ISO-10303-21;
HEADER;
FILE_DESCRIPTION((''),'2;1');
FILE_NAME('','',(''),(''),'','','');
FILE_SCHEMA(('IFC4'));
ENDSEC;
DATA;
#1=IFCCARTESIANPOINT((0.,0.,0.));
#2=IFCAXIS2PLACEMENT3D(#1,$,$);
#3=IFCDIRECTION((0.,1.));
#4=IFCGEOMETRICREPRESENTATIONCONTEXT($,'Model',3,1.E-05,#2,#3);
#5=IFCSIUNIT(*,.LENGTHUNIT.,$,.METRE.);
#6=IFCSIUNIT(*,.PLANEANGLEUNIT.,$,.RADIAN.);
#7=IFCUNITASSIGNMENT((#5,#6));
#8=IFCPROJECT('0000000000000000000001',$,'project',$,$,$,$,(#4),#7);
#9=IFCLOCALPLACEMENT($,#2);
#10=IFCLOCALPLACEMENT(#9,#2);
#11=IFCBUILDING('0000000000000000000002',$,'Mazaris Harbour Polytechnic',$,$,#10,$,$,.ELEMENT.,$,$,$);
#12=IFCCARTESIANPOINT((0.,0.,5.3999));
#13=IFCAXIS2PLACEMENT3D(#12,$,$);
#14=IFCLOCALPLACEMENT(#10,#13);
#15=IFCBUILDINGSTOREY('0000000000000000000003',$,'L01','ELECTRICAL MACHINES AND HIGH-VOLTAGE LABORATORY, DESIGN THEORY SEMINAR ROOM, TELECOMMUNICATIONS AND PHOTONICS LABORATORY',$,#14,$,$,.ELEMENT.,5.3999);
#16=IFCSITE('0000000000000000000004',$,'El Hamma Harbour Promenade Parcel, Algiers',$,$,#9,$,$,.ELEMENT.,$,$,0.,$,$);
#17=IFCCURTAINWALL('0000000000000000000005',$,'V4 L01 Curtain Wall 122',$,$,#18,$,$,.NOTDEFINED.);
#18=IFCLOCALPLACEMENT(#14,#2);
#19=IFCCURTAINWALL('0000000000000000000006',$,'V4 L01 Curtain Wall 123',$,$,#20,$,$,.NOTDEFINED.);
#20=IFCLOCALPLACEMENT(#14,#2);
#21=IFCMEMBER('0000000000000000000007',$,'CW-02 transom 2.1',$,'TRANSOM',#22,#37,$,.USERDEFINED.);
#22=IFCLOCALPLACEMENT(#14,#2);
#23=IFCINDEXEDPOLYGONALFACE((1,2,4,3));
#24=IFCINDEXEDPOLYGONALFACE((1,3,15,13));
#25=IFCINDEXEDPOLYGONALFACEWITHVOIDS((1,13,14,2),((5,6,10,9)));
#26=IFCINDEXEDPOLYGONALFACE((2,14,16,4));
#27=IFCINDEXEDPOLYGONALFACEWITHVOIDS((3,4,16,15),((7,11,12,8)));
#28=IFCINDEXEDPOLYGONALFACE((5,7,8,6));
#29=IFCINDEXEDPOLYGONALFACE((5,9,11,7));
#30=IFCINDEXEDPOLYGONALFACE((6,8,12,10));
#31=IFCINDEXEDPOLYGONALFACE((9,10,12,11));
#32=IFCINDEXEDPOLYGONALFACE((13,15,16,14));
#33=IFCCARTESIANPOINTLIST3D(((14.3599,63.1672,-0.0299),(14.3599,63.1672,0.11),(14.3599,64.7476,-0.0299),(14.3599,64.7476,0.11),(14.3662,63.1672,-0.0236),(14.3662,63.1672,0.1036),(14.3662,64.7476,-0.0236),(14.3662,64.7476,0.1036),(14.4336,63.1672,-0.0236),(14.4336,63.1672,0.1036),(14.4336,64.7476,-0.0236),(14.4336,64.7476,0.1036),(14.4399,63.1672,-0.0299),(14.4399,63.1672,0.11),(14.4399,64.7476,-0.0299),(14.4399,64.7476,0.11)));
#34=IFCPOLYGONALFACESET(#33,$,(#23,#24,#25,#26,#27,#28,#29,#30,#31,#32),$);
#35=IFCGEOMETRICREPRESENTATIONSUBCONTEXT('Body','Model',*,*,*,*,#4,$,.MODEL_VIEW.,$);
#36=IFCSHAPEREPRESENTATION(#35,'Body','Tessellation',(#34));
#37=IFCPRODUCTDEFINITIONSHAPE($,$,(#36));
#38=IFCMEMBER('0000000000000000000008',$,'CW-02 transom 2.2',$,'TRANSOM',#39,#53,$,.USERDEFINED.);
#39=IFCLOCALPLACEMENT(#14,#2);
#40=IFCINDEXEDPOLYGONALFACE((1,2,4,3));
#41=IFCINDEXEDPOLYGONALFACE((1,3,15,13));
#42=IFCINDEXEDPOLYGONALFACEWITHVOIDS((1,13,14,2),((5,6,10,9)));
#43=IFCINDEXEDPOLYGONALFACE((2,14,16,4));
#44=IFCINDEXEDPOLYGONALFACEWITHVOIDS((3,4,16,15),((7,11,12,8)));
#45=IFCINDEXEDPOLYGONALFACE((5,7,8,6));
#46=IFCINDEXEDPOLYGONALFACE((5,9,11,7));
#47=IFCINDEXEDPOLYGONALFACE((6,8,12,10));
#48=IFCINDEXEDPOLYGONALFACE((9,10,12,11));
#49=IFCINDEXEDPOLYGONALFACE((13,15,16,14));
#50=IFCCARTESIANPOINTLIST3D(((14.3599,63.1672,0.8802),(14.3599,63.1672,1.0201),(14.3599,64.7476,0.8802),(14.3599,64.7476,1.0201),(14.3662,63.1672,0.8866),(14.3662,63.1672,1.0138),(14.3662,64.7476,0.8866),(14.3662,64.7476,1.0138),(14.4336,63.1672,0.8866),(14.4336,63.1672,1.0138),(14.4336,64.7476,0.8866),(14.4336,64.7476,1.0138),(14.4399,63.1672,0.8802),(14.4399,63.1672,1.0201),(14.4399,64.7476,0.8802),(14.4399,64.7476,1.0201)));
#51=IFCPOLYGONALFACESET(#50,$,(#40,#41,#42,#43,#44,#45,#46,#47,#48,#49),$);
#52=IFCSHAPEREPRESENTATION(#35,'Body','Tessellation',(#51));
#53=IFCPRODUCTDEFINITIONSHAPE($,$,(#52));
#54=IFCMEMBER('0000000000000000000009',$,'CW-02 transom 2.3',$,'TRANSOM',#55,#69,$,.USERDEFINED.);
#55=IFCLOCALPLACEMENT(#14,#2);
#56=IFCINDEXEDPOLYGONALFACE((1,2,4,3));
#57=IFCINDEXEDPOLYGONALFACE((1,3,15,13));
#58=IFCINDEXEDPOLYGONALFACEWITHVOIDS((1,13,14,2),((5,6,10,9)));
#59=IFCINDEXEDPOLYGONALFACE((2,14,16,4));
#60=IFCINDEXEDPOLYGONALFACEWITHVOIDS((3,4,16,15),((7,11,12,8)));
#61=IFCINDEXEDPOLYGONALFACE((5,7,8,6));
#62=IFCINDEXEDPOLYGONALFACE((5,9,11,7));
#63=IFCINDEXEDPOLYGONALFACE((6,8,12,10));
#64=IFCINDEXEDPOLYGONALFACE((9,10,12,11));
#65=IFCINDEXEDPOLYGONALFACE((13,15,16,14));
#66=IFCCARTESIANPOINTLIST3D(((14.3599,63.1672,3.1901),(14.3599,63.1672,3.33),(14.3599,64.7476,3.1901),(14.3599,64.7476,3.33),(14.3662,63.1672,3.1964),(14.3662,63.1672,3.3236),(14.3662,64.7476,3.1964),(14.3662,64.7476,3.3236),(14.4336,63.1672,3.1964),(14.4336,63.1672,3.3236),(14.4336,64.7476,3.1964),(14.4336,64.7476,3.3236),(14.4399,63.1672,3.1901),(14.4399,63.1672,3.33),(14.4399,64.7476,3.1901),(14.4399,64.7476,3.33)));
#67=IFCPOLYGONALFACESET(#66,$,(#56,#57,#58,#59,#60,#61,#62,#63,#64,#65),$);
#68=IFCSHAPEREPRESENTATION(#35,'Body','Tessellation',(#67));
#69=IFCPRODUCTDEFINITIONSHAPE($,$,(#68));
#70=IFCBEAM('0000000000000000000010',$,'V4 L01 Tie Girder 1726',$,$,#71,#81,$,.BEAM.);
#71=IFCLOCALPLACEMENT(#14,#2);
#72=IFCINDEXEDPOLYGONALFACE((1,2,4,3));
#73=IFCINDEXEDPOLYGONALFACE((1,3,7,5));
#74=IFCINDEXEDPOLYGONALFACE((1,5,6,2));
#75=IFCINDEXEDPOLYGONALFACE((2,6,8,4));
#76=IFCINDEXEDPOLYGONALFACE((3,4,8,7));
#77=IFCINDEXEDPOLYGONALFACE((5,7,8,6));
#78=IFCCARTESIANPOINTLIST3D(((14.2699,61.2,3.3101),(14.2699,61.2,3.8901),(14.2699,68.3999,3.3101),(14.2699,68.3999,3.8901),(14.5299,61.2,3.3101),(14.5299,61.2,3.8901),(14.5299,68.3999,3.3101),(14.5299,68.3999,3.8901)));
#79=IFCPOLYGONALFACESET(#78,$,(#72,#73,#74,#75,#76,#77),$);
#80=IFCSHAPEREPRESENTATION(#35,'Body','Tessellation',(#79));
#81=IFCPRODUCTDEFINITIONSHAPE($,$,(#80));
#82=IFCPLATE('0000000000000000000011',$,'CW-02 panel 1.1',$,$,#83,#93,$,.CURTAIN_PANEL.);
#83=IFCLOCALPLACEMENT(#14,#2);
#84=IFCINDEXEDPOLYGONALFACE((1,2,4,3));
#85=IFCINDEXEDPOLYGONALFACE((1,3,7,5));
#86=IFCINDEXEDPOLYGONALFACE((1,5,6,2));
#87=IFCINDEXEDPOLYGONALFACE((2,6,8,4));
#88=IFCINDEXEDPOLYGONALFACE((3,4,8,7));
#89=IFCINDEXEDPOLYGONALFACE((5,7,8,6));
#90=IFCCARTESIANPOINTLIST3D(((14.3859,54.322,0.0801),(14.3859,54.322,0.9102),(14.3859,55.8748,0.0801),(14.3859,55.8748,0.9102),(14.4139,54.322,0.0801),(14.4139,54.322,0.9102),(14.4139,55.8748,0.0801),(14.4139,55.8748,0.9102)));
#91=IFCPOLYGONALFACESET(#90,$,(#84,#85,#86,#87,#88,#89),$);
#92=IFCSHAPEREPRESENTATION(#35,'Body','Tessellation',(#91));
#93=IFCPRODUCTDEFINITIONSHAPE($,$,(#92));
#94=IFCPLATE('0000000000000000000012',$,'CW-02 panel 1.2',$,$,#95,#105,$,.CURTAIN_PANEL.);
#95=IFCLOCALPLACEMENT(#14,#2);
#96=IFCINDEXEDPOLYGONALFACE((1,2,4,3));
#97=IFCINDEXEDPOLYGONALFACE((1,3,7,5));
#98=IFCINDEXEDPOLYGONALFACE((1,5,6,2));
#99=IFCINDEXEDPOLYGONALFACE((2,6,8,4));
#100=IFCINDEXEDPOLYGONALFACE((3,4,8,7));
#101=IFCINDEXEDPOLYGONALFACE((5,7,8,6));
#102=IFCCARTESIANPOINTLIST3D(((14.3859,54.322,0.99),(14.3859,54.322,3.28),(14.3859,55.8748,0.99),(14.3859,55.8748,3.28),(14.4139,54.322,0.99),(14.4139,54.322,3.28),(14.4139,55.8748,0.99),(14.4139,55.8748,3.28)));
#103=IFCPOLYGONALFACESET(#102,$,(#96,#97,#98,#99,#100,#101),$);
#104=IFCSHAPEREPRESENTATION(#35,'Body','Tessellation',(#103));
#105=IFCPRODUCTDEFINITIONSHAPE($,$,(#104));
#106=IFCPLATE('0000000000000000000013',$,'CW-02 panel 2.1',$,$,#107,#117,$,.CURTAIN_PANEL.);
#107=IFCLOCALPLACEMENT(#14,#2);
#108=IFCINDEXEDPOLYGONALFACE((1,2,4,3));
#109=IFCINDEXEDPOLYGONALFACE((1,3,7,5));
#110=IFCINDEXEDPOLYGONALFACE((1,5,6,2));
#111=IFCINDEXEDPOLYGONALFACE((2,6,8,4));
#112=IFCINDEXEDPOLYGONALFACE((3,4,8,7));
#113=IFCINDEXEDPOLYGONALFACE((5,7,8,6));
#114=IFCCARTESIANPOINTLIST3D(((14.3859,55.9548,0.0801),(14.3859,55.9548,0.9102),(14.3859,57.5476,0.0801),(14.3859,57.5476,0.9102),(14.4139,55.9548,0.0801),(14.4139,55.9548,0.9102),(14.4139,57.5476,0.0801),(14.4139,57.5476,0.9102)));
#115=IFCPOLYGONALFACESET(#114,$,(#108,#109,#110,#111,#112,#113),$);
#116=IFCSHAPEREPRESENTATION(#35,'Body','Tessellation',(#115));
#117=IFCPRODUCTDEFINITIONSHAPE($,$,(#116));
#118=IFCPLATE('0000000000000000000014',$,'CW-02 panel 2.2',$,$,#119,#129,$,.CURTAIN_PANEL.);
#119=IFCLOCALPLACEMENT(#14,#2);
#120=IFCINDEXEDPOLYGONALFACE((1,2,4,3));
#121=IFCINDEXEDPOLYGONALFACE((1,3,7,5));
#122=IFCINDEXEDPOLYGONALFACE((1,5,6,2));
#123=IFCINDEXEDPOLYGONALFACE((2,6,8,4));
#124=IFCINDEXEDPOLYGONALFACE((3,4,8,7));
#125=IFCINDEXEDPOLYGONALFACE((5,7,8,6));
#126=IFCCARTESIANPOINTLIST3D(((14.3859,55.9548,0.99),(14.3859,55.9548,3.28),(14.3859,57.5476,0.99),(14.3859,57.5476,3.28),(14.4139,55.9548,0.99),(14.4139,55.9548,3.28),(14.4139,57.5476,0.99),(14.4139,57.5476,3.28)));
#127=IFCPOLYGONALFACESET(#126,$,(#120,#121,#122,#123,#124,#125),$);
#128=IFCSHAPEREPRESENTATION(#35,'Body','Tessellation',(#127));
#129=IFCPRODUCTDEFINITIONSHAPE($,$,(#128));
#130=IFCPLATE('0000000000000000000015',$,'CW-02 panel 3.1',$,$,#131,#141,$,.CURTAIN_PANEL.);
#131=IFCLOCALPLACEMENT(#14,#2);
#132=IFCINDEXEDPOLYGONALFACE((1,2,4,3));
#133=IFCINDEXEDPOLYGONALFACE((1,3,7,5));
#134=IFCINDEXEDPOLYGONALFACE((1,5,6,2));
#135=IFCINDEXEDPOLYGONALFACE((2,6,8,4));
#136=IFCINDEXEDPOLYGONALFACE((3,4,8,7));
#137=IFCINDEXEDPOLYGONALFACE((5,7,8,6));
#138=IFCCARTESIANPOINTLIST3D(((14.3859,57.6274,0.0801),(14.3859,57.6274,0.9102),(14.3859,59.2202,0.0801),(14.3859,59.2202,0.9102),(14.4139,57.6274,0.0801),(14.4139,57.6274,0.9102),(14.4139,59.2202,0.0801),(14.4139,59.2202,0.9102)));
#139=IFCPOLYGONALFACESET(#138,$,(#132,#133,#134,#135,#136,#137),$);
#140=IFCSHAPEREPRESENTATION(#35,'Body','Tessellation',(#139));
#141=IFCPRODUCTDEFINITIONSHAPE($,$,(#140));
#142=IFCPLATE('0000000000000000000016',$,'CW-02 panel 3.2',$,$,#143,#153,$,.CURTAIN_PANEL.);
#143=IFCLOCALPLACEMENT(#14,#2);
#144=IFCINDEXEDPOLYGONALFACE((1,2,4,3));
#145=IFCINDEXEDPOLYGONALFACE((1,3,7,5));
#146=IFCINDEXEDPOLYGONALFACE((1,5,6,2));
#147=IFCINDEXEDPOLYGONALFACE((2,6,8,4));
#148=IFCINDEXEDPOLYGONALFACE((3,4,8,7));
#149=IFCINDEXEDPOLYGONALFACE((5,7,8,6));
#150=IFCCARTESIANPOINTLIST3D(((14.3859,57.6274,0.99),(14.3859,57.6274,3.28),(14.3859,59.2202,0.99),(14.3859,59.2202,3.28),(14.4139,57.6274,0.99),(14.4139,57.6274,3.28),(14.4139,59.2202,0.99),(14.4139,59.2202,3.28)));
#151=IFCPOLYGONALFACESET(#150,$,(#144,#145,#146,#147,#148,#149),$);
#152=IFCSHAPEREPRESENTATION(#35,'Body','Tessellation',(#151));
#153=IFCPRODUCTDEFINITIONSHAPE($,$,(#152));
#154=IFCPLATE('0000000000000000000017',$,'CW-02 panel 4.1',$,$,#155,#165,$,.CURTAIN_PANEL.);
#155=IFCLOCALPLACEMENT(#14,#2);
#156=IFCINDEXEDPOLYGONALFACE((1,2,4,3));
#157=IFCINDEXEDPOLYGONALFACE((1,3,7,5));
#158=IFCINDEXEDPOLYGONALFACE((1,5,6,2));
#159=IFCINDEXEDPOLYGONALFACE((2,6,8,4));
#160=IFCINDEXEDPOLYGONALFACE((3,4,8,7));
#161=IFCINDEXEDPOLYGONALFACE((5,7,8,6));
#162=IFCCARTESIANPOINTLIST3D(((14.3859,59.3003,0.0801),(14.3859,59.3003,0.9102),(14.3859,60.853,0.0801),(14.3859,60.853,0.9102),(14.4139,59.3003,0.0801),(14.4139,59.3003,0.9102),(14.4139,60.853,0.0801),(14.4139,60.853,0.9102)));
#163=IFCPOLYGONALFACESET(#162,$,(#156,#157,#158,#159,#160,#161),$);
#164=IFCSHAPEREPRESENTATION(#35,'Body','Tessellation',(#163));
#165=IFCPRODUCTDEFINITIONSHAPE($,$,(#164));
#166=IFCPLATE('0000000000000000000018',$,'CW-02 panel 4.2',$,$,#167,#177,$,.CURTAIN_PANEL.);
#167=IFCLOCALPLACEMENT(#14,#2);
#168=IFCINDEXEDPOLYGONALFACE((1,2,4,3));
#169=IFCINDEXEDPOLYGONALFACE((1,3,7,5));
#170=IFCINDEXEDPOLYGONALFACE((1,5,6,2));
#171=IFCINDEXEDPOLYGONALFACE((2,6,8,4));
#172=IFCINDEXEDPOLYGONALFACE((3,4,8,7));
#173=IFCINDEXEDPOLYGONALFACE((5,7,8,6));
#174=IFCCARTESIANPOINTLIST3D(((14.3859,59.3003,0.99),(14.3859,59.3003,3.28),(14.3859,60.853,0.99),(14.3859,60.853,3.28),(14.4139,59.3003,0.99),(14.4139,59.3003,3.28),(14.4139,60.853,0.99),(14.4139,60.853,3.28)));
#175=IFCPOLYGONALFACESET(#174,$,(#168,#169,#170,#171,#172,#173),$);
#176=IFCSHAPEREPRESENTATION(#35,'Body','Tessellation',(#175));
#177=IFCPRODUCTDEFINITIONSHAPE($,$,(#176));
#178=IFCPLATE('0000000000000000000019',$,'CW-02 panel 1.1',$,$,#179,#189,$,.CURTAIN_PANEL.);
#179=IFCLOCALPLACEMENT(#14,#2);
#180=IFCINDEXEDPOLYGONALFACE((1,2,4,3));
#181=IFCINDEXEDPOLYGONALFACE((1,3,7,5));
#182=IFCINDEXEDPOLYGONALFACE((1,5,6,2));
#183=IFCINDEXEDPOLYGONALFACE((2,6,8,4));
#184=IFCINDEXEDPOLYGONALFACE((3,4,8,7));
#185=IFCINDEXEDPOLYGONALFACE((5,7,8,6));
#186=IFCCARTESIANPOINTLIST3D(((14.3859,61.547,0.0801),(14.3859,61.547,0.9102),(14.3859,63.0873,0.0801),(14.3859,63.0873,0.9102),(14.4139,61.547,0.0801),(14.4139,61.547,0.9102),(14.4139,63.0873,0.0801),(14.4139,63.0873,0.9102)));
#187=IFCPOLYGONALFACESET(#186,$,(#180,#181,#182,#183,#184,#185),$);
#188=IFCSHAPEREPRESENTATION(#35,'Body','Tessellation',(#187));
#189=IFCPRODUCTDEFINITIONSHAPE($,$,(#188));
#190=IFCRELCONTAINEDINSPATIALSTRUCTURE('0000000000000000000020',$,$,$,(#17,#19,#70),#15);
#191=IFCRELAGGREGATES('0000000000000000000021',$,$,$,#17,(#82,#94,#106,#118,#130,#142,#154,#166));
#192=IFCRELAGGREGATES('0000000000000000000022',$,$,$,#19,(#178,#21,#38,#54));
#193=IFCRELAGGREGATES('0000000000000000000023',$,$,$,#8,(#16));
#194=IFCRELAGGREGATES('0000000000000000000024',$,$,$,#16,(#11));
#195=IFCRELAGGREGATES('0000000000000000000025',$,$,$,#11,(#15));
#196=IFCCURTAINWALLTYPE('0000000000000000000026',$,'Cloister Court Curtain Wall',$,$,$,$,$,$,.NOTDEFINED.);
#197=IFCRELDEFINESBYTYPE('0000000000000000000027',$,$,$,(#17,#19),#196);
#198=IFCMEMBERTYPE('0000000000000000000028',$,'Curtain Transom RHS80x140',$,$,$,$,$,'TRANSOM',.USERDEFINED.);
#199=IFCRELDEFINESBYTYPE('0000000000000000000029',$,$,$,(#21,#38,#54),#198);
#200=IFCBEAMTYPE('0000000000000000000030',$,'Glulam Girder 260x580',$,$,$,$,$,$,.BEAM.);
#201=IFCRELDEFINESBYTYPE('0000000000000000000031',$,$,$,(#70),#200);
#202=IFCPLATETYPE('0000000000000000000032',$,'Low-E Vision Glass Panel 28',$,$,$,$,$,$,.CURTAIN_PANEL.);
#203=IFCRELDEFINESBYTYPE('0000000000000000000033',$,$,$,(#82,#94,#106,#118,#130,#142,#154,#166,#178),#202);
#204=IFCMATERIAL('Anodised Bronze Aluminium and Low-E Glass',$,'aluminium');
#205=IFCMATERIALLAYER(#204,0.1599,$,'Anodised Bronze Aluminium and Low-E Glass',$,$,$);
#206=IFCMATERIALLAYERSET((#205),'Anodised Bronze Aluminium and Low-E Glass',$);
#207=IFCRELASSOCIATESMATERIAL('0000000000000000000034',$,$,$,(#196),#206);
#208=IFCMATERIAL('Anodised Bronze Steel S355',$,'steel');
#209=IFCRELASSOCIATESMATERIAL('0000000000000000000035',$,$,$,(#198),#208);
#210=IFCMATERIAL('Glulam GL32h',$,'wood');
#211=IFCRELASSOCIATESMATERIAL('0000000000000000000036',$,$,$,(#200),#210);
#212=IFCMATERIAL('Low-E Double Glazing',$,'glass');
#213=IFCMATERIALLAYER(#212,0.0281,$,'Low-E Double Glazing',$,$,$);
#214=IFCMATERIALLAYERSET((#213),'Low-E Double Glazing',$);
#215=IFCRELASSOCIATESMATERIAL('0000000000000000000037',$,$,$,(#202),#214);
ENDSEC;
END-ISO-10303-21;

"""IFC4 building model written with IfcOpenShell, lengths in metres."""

from ifc_helpers import new_model, si_unit, direction, frame, origin, origin_2d, place, context, subcontext, project, spatial, rectangle, hollow_rectangle, extrude, material, layer, layer_set, material_profile, profile_set, type_object, element, aggregate, save


model = new_model("IFC4")

# Units and contexts
model_context = context("Model", 3, precision=1e-05, world=origin(), true_north=direction((0.0, 1.0)))
body_context = subcontext(model_context, "Body", "Model", "MODEL_VIEW")
ifc_project = project(units=[si_unit("LENGTHUNIT", "METRE"), si_unit("PLANEANGLEUNIT", "RADIAN")], contexts=[model_context])

# Site, building, storey
site_placement = place(None, origin())
site = spatial("IfcSite", under=ifc_project, at=site_placement, Name="El Hamma Harbour Promenade Parcel, Algiers", CompositionType="ELEMENT", RefElevation=0.0)
building_placement = place(site_placement, origin())
building = spatial("IfcBuilding", under=site, at=building_placement, Name="Mazaris Harbour Polytechnic", CompositionType="ELEMENT")
storey_placement = place(building_placement, frame((0.0, 0.0, 5.3999)))
storey = spatial("IfcBuildingStorey", under=building, at=storey_placement, Name="L01", Description="ELECTRICAL MACHINES AND HIGH-VOLTAGE LABORATORY, DESIGN THEORY SEMINAR ROOM, TELECOMMUNICATIONS AND PHOTONICS LABORATORY", CompositionType="ELEMENT", Elevation=5.3999)

# Curtain walls
ifc_material_1 = material(Name="Anodised Bronze Aluminium and Low-E Glass", Category="aluminium")
ifc_layer_1 = layer(ifc_material_1, 0.1599, Name="Anodised Bronze Aluminium and Low-E Glass")
ifc_layer_set_1 = layer_set([ifc_layer_1], Name="Anodised Bronze Aluminium and Low-E Glass")
curtain_wall_type = type_object("IfcCurtainWallType", Name="Cloister Court Curtain Wall", PredefinedType="NOTDEFINED", material=ifc_layer_set_1)
curtain_wall_1_placement = place(storey_placement, origin())
curtain_wall_1 = element("IfcCurtainWall", 1, at=curtain_wall_1_placement, inside=storey, type_object=curtain_wall_type, Name="V4 L01 Curtain Wall 122", PredefinedType="NOTDEFINED")
curtain_wall_2_placement = place(storey_placement, origin())
curtain_wall_2 = element("IfcCurtainWall", 2, at=curtain_wall_2_placement, inside=storey, type_object=curtain_wall_type, Name="V4 L01 Curtain Wall 123", PredefinedType="NOTDEFINED")

# Members
ifc_material_2 = material(Name="Anodised Bronze Steel S355", Category="steel")
ifc_material_profile_1 = material_profile(ifc_material_2, hollow_rectangle(XDim=0.0801, YDim=0.1399, WallThickness=0.0063, at=origin_2d()), Name="RHS 80x140x6.3")
ifc_profile_set_1 = profile_set([ifc_material_profile_1], Name="Anodised Bronze Steel S355")
member_type_1 = type_object("IfcMemberType", Name="Curtain Transom RHS80x140", ElementType="TRANSOM", PredefinedType="USERDEFINED", material=ifc_profile_set_1)
member_1_placement = place(storey_placement, frame((14.3999, 63.1672, 0.04), z_axis=(0.0, 1.0, 0.0), x_axis=(-1.0, 0.0, 0.0)))
member_1 = element("IfcMember", 3, at=member_1_placement, type_object=member_type_1, Name="CW-02 transom 2.1", ObjectType="TRANSOM", PredefinedType="USERDEFINED", context=body_context, shape_type="SweptSolid", body=[
    extrude(hollow_rectangle(XDim=0.0801, YDim=0.1399, WallThickness=0.0063, at=origin_2d()), origin(), (0.0, 0.0, 1.0), 1.5803),
])
member_2_placement = place(storey_placement, frame((14.3999, 63.1672, 0.9502), z_axis=(0.0, 1.0, 0.0), x_axis=(-1.0, 0.0, 0.0)))
member_2 = element("IfcMember", 4, at=member_2_placement, type_object=member_type_1, Name="CW-02 transom 2.2", ObjectType="TRANSOM", PredefinedType="USERDEFINED", context=body_context, shape_type="SweptSolid", body=[
    extrude(hollow_rectangle(XDim=0.0801, YDim=0.1399, WallThickness=0.0063, at=origin_2d()), origin(), (0.0, 0.0, 1.0), 1.5803),
])
member_3_placement = place(storey_placement, frame((14.3999, 63.1672, 3.26), z_axis=(0.0, 1.0, 0.0), x_axis=(-1.0, 0.0, 0.0)))
member_3 = element("IfcMember", 5, at=member_3_placement, type_object=member_type_1, Name="CW-02 transom 2.3", ObjectType="TRANSOM", PredefinedType="USERDEFINED", context=body_context, shape_type="SweptSolid", body=[
    extrude(hollow_rectangle(XDim=0.0801, YDim=0.1399, WallThickness=0.0063, at=origin_2d()), origin(), (0.0, 0.0, 1.0), 1.5803),
])

# Beam
ifc_material_3 = material(Name="Glulam GL32h", Category="wood")
ifc_material_profile_2 = material_profile(ifc_material_3, rectangle(XDim=0.26, YDim=0.5801, at=origin_2d()), Name="RECT260x580")
ifc_profile_set_2 = profile_set([ifc_material_profile_2], Name="Glulam GL32h")
beam_type = type_object("IfcBeamType", Name="Glulam Girder 260x580", PredefinedType="BEAM", material=ifc_profile_set_2)
beam_placement = place(storey_placement, frame((14.3999, 61.2, 3.6001), z_axis=(0.0, 1.0, 0.0), x_axis=(-1.0, 0.0, 0.0)))
element("IfcBeam", 6, at=beam_placement, inside=storey, type_object=beam_type, Name="V4 L01 Tie Girder 1726", PredefinedType="BEAM", context=body_context, shape_type="SweptSolid", body=[
    extrude(rectangle(XDim=0.26, YDim=0.5801, at=origin_2d()), origin(), (0.0, 0.0, 1.0), 7.2),
])

# Plates
ifc_material_4 = material(Name="Low-E Double Glazing", Category="glass")
ifc_layer_2 = layer(ifc_material_4, 0.0281, Name="Low-E Double Glazing")
ifc_layer_set_2 = layer_set([ifc_layer_2], Name="Low-E Double Glazing")
plate_type = type_object("IfcPlateType", Name="Low-E Vision Glass Panel 28", PredefinedType="CURTAIN_PANEL", material=ifc_layer_set_2)
plate_1_placement = place(storey_placement, frame((14.3999, 55.0984, 0.0801), z_axis=(0.0, 0.0, 1.0), x_axis=(0.0, 1.0, 0.0)))
plate_1 = element("IfcPlate", 7, at=plate_1_placement, type_object=plate_type, Name="CW-02 panel 1.1", PredefinedType="CURTAIN_PANEL", context=body_context, shape_type="SweptSolid", body=[
    extrude(rectangle(XDim=1.5527, YDim=0.0281, at=origin_2d()), origin(), (0.0, 0.0, 1.0), 0.8301),
])
plate_2_placement = place(storey_placement, frame((14.3999, 55.0984, 0.99), z_axis=(0.0, 0.0, 1.0), x_axis=(0.0, 1.0, 0.0)))
plate_2 = element("IfcPlate", 8, at=plate_2_placement, type_object=plate_type, Name="CW-02 panel 1.2", PredefinedType="CURTAIN_PANEL", context=body_context, shape_type="SweptSolid", body=[
    extrude(rectangle(XDim=1.5527, YDim=0.0281, at=origin_2d()), origin(), (0.0, 0.0, 1.0), 2.29),
])
plate_3_placement = place(storey_placement, frame((14.3999, 56.7512, 0.0801), z_axis=(0.0, 0.0, 1.0), x_axis=(0.0, 1.0, 0.0)))
plate_3 = element("IfcPlate", 9, at=plate_3_placement, type_object=plate_type, Name="CW-02 panel 2.1", PredefinedType="CURTAIN_PANEL", context=body_context, shape_type="SweptSolid", body=[
    extrude(rectangle(XDim=1.5928, YDim=0.0281, at=origin_2d()), origin(), (0.0, 0.0, 1.0), 0.8301),
])
plate_4_placement = place(storey_placement, frame((14.3999, 56.7512, 0.99), z_axis=(0.0, 0.0, 1.0), x_axis=(0.0, 1.0, 0.0)))
plate_4 = element("IfcPlate", 10, at=plate_4_placement, type_object=plate_type, Name="CW-02 panel 2.2", PredefinedType="CURTAIN_PANEL", context=body_context, shape_type="SweptSolid", body=[
    extrude(rectangle(XDim=1.5928, YDim=0.0281, at=origin_2d()), origin(), (0.0, 0.0, 1.0), 2.29),
])
plate_5_placement = place(storey_placement, frame((14.3999, 58.4238, 0.0801), z_axis=(0.0, 0.0, 1.0), x_axis=(0.0, 1.0, 0.0)))
plate_5 = element("IfcPlate", 11, at=plate_5_placement, type_object=plate_type, Name="CW-02 panel 3.1", PredefinedType="CURTAIN_PANEL", context=body_context, shape_type="SweptSolid", body=[
    extrude(rectangle(XDim=1.5928, YDim=0.0281, at=origin_2d()), origin(), (0.0, 0.0, 1.0), 0.8301),
])
plate_6_placement = place(storey_placement, frame((14.3999, 58.4238, 0.99), z_axis=(0.0, 0.0, 1.0), x_axis=(0.0, 1.0, 0.0)))
plate_6 = element("IfcPlate", 12, at=plate_6_placement, type_object=plate_type, Name="CW-02 panel 3.2", PredefinedType="CURTAIN_PANEL", context=body_context, shape_type="SweptSolid", body=[
    extrude(rectangle(XDim=1.5928, YDim=0.0281, at=origin_2d()), origin(), (0.0, 0.0, 1.0), 2.29),
])
plate_7_placement = place(storey_placement, frame((14.3999, 60.0767, 0.0801), z_axis=(0.0, 0.0, 1.0), x_axis=(0.0, 1.0, 0.0)))
plate_7 = element("IfcPlate", 13, at=plate_7_placement, type_object=plate_type, Name="CW-02 panel 4.1", PredefinedType="CURTAIN_PANEL", context=body_context, shape_type="SweptSolid", body=[
    extrude(rectangle(XDim=1.5527, YDim=0.0281, at=origin_2d()), origin(), (0.0, 0.0, 1.0), 0.8301),
])
plate_8_placement = place(storey_placement, frame((14.3999, 60.0767, 0.99), z_axis=(0.0, 0.0, 1.0), x_axis=(0.0, 1.0, 0.0)))
plate_8 = element("IfcPlate", 14, at=plate_8_placement, type_object=plate_type, Name="CW-02 panel 4.2", PredefinedType="CURTAIN_PANEL", context=body_context, shape_type="SweptSolid", body=[
    extrude(rectangle(XDim=1.5527, YDim=0.0281, at=origin_2d()), origin(), (0.0, 0.0, 1.0), 2.29),
])
aggregate(curtain_wall_1, [plate_1, plate_2, plate_3, plate_4, plate_5, plate_6, plate_7, plate_8])
plate_9_placement = place(storey_placement, frame((14.3999, 62.3171, 0.0801), z_axis=(0.0, 0.0, 1.0), x_axis=(0.0, 1.0, 0.0)))
plate_9 = element("IfcPlate", 15, at=plate_9_placement, type_object=plate_type, Name="CW-02 panel 1.1", PredefinedType="CURTAIN_PANEL", context=body_context, shape_type="SweptSolid", body=[
    extrude(rectangle(XDim=1.5403, YDim=0.0281, at=origin_2d()), origin(), (0.0, 0.0, 1.0), 0.8301),
])
aggregate(curtain_wall_2, [plate_9, member_1, member_2, member_3])

save(model, "model.ifc")
